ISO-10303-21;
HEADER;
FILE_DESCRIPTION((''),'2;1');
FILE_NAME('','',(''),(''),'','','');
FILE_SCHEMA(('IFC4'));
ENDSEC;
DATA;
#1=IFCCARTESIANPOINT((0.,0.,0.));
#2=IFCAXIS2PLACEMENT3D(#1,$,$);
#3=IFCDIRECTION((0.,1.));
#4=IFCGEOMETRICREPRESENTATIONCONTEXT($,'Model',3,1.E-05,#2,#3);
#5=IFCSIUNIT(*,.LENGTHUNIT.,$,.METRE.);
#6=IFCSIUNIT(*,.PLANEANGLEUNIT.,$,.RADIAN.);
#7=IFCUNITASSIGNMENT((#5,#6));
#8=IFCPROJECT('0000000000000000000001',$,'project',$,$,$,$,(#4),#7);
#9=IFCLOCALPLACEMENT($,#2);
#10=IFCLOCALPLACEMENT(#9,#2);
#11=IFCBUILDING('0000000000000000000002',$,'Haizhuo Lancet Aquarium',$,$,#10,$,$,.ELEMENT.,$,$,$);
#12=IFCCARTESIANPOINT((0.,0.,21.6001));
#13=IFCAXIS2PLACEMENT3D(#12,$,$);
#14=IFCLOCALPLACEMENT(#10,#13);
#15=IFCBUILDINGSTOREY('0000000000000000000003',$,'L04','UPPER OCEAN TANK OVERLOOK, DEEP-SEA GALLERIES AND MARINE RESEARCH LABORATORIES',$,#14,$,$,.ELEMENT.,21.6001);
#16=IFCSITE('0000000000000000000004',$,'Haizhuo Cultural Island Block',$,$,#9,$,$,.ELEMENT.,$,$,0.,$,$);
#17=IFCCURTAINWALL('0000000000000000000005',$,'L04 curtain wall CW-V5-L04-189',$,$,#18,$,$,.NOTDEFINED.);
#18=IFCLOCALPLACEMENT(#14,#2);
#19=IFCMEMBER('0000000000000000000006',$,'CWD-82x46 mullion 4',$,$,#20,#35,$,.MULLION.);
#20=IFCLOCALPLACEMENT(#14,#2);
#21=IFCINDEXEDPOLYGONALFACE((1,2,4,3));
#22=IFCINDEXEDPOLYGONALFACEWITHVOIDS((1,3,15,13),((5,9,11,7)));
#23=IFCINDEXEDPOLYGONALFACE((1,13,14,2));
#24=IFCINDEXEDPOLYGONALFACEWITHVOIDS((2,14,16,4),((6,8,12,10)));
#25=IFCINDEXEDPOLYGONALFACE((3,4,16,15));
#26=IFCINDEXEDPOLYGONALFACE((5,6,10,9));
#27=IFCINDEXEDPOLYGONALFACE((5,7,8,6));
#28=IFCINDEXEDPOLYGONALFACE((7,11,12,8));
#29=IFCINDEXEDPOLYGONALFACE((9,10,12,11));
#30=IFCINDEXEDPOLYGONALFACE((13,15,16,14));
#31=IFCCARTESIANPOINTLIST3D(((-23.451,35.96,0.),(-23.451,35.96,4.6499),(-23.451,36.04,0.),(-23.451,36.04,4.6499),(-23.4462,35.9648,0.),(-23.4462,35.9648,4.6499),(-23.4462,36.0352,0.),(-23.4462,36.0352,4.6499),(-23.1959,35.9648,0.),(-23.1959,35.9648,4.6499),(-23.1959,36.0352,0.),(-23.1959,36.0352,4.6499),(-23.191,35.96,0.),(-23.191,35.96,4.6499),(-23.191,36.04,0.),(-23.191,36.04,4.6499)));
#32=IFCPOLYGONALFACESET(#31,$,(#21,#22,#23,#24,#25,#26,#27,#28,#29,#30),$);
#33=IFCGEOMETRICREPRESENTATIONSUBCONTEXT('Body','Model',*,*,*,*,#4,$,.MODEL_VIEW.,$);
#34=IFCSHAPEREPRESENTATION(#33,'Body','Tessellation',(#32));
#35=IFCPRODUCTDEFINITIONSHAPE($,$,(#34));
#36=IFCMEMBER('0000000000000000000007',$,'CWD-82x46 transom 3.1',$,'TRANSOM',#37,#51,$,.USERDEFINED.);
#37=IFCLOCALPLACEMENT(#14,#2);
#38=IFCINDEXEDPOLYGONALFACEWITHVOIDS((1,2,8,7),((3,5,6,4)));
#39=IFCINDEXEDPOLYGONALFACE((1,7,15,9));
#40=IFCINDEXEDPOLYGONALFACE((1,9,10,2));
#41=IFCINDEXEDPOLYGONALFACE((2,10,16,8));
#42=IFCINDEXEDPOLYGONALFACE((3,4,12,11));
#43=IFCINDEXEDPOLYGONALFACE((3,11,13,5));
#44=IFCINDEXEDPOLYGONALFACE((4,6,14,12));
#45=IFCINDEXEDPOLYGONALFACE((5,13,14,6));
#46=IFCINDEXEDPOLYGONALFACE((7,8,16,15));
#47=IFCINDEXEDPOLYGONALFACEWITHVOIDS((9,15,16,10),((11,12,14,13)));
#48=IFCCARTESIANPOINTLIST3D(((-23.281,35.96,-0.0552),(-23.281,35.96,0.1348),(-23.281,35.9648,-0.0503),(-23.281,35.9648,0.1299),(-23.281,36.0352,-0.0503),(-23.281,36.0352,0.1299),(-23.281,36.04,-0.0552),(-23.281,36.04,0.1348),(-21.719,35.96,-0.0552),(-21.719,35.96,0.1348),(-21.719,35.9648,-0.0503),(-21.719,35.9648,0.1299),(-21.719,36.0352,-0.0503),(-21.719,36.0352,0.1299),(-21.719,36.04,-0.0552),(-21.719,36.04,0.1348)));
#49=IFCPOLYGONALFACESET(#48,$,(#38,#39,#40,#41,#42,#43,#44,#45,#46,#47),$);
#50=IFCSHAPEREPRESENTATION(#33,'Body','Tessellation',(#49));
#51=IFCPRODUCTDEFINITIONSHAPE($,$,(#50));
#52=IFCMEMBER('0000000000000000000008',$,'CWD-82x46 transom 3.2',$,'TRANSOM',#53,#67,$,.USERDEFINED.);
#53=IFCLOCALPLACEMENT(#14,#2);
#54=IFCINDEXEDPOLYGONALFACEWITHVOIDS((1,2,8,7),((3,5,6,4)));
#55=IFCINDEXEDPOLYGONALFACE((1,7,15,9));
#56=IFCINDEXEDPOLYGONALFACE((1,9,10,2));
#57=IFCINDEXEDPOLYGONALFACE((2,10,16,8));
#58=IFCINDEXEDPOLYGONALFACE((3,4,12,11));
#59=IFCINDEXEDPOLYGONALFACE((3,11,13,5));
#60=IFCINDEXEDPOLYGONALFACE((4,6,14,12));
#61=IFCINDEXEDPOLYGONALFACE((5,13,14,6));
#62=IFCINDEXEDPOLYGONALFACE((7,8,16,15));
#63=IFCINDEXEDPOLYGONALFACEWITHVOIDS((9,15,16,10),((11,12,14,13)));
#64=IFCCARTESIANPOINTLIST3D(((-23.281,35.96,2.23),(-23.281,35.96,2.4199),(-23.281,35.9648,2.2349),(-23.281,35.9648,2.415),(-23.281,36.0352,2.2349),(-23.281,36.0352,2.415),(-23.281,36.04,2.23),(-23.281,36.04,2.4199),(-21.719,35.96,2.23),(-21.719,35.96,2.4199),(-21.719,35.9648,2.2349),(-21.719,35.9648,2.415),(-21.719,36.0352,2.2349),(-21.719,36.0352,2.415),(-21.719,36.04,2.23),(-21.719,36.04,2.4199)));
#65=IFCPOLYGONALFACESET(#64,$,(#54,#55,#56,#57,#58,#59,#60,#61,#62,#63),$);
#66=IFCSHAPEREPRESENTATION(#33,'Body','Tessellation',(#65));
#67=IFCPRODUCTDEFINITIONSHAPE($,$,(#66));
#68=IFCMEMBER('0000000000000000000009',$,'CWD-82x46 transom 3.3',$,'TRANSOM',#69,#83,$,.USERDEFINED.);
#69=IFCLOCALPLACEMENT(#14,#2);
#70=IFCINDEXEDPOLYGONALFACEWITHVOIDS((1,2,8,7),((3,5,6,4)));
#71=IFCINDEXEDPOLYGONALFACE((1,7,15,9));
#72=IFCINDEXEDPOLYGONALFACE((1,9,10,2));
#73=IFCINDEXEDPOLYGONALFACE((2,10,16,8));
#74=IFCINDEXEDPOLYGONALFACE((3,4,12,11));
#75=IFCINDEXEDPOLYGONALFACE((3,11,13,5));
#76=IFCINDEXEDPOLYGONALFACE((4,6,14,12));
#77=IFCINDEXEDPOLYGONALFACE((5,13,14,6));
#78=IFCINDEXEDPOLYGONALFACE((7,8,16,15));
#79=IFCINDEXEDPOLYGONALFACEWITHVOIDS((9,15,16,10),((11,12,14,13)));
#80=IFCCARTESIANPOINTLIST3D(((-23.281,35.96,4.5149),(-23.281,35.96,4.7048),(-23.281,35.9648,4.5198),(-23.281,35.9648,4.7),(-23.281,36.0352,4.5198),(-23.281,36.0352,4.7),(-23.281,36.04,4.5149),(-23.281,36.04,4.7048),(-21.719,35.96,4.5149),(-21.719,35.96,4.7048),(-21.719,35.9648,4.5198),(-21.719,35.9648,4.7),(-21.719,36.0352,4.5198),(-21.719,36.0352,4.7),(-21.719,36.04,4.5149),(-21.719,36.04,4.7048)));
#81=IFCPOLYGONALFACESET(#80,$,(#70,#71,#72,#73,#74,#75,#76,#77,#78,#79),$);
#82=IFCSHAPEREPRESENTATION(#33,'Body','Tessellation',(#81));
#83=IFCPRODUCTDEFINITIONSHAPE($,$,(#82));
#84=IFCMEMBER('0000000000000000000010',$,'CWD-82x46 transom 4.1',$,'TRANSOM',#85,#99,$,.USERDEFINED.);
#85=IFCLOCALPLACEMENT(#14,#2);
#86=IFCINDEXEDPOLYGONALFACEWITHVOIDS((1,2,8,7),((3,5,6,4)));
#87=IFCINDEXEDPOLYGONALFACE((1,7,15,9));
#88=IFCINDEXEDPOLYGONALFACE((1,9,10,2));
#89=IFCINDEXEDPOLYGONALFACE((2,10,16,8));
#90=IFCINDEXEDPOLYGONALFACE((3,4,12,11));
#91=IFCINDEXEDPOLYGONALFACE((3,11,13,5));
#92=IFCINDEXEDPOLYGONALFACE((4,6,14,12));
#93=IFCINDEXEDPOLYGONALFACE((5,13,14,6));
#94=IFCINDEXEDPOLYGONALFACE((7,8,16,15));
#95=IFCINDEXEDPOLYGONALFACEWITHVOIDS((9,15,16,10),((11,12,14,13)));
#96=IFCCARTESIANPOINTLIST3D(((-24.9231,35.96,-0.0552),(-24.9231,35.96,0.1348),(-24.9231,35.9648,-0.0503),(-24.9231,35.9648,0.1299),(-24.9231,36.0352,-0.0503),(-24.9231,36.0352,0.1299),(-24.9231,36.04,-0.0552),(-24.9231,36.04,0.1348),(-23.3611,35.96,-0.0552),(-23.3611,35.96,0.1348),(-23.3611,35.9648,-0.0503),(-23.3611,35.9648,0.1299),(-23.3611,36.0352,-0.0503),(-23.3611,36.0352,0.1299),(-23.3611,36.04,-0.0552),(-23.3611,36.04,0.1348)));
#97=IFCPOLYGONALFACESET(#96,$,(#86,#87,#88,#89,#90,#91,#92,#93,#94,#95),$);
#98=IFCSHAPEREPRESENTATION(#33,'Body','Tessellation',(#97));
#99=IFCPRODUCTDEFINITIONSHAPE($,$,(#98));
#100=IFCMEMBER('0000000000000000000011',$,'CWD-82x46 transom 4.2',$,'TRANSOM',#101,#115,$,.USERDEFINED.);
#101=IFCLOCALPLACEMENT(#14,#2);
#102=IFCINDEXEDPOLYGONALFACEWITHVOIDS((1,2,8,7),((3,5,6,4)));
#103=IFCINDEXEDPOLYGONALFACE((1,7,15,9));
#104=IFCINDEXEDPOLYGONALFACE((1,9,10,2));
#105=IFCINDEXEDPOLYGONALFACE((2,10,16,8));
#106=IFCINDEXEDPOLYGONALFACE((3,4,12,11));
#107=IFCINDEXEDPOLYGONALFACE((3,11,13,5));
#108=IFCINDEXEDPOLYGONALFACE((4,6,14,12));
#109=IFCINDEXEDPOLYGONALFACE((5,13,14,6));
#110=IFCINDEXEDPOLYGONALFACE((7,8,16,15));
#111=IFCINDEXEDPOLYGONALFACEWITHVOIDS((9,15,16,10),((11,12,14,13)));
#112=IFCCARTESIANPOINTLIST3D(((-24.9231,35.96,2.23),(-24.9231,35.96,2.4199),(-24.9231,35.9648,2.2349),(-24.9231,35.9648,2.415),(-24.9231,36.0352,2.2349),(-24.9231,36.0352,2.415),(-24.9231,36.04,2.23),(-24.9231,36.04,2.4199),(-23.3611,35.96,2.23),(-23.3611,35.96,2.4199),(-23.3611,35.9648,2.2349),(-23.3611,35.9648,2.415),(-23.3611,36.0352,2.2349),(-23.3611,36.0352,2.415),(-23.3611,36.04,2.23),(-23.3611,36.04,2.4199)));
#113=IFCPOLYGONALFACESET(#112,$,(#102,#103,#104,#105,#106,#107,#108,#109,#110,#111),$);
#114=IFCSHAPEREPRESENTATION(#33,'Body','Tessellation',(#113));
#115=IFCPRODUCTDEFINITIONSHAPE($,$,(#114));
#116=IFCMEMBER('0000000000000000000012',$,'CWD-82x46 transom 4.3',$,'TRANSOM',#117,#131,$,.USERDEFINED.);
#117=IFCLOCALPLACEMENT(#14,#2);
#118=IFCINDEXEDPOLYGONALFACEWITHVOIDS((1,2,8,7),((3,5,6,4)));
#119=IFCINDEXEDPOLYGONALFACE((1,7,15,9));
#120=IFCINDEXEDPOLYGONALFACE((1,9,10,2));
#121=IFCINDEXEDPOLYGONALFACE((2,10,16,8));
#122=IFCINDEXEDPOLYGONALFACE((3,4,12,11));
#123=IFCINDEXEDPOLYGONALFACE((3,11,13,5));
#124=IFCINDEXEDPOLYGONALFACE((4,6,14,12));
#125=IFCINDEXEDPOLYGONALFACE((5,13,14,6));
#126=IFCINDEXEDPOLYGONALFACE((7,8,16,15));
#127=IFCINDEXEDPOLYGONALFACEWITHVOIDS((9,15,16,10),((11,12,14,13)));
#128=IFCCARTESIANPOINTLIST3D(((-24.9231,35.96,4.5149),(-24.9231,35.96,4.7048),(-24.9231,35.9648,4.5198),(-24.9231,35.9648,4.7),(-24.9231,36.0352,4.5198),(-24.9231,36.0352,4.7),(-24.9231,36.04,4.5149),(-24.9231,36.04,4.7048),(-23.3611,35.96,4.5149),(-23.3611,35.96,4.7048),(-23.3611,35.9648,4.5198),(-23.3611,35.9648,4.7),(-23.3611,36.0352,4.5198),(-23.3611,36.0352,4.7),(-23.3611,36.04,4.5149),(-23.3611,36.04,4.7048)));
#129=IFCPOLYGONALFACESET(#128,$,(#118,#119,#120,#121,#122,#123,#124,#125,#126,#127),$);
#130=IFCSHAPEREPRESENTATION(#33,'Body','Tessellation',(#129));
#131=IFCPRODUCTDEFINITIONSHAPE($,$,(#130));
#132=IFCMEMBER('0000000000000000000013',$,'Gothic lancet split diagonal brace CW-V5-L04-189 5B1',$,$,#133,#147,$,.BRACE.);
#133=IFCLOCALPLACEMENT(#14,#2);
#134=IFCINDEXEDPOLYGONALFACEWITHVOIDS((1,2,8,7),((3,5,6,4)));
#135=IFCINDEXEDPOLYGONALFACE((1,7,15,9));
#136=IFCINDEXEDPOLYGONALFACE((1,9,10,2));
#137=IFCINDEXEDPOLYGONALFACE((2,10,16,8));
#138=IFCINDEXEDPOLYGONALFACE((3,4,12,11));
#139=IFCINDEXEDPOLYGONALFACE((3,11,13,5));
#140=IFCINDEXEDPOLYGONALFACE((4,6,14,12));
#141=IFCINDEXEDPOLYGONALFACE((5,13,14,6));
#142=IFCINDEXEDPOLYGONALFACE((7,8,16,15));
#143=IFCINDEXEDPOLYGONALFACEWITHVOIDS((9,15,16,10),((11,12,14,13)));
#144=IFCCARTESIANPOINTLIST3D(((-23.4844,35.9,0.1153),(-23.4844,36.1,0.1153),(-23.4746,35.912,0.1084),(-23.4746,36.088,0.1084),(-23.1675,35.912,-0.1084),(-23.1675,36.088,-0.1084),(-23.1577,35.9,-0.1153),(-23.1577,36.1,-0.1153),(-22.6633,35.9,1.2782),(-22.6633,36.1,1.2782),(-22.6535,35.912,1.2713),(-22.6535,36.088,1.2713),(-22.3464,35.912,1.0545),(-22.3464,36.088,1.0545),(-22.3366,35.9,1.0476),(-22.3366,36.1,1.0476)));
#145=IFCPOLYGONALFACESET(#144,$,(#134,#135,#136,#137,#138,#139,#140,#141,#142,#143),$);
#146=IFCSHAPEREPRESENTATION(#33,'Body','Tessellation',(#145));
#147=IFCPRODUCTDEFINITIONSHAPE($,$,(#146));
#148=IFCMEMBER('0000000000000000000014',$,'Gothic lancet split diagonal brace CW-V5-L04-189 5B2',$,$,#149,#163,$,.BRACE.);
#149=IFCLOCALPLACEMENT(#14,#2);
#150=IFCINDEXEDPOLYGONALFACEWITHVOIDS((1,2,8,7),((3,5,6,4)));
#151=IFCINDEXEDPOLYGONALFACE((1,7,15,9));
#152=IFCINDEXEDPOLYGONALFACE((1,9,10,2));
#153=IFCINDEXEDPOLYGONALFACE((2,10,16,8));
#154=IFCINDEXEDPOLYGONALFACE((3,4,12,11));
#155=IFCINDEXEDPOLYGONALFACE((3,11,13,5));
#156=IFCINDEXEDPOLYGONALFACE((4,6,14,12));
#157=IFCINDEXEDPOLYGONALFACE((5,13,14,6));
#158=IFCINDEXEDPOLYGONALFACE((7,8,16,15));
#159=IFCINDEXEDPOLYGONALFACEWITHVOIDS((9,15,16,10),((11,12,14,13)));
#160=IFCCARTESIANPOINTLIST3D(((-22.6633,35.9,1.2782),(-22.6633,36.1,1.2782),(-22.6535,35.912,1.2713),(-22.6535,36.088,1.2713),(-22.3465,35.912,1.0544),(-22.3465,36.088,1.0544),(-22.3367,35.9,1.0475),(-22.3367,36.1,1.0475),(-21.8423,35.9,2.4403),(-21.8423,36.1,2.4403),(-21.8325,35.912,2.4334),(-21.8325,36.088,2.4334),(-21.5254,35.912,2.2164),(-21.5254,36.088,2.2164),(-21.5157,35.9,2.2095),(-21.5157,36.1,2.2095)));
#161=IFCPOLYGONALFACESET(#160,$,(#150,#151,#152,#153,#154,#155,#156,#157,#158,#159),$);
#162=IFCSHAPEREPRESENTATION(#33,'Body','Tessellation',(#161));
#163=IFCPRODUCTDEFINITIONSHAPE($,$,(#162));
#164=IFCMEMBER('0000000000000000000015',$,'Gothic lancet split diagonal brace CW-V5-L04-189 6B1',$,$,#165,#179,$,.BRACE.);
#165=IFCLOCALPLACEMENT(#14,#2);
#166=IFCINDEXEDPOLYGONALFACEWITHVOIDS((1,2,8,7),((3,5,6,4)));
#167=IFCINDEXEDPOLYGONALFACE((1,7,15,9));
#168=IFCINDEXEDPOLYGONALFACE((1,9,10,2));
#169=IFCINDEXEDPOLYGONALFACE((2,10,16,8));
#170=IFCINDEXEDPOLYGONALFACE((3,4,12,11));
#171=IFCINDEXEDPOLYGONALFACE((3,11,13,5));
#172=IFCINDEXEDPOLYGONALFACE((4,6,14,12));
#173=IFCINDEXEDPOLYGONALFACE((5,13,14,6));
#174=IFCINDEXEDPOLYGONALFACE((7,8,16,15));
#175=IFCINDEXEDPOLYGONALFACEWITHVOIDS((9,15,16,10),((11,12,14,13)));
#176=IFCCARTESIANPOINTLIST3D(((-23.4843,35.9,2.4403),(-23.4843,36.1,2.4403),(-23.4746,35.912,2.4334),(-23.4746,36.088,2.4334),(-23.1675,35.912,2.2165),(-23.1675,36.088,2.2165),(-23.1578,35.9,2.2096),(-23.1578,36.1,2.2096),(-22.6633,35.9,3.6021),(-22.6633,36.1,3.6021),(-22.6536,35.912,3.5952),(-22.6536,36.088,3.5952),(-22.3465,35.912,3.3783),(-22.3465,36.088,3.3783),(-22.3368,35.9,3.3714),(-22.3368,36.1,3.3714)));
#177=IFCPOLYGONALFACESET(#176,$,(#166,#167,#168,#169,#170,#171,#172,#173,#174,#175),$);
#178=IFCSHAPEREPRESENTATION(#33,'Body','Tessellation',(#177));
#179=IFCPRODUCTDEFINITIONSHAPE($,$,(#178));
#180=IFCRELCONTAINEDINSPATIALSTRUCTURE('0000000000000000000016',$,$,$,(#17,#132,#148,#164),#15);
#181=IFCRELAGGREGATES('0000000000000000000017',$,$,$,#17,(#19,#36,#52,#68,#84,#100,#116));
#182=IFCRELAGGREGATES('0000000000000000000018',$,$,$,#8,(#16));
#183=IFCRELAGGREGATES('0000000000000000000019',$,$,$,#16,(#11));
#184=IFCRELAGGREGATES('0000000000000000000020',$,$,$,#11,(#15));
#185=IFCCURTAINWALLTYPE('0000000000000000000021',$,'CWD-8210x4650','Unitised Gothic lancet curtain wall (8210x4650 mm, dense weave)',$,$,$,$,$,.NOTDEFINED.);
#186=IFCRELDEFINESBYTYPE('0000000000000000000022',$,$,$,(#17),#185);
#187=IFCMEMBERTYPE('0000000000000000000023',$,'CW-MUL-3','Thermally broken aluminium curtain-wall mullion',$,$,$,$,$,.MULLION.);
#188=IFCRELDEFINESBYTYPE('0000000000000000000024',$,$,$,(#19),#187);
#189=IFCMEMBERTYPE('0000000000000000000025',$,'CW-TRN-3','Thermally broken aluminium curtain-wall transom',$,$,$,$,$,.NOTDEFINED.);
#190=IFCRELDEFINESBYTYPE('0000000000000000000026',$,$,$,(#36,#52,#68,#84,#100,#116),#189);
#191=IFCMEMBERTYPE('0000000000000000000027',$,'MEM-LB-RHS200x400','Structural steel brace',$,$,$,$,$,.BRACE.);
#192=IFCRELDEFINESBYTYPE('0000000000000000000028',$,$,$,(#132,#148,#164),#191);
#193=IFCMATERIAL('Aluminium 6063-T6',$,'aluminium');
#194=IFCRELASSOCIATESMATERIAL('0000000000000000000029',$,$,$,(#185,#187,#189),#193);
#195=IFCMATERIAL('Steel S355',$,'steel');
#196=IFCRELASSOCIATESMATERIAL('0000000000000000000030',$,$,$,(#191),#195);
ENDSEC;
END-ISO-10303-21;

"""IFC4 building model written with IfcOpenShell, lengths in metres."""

from ifc_helpers import new_model, si_unit, direction, frame, origin, origin_2d, place, context, subcontext, project, spatial, hollow_rectangle, extrude, material, material_profile, profile_set, type_object, element, aggregate, save


model = new_model("IFC4")

# Units and contexts
model_context = context("Model", 3, precision=1e-05, world=origin(), true_north=direction((0.0, 1.0)))
body_context = subcontext(model_context, "Body", "Model", "MODEL_VIEW")
ifc_project = project(units=[si_unit("LENGTHUNIT", "METRE"), si_unit("PLANEANGLEUNIT", "RADIAN")], contexts=[model_context])

# Site, building, storey
site_placement = place(None, origin())
site = spatial("IfcSite", under=ifc_project, at=site_placement, Name="Haizhuo Cultural Island Block", CompositionType="ELEMENT", RefElevation=0.0)
building_placement = place(site_placement, origin())
building = spatial("IfcBuilding", under=site, at=building_placement, Name="Haizhuo Lancet Aquarium", CompositionType="ELEMENT")
storey_placement = place(building_placement, frame((0.0, 0.0, 21.6001)))
storey = spatial("IfcBuildingStorey", under=building, at=storey_placement, Name="L04", Description="UPPER OCEAN TANK OVERLOOK, DEEP-SEA GALLERIES AND MARINE RESEARCH LABORATORIES", CompositionType="ELEMENT", Elevation=21.6001)

# Curtain wall, members
ifc_material_1 = material(Name="Aluminium 6063-T6", Category="aluminium")
curtain_wall_type = type_object("IfcCurtainWallType", Name="CWD-8210x4650", Description="Unitised Gothic lancet curtain wall (8210x4650 mm, dense weave)", PredefinedType="NOTDEFINED", material=ifc_material_1)
curtain_wall_placement = place(storey_placement, origin())
curtain_wall = element("IfcCurtainWall", 1, at=curtain_wall_placement, inside=storey, type_object=curtain_wall_type, Name="L04 curtain wall CW-V5-L04-189", PredefinedType="NOTDEFINED")
ifc_material_profile_1 = material_profile(ifc_material_1, hollow_rectangle(XDim=0.0801, YDim=0.26, WallThickness=0.0049, at=origin_2d()), Name="ALU-M 80x260x5")
ifc_profile_set_1 = profile_set([ifc_material_profile_1], Name="Aluminium 6063-T6")
member_type_1 = type_object("IfcMemberType", Name="CW-MUL-3", Description="Thermally broken aluminium curtain-wall mullion", PredefinedType="MULLION", material=ifc_profile_set_1)
member_1_placement = place(storey_placement, frame((-23.321, 36.0, 0.0), z_axis=(0.0, 0.0, 1.0), x_axis=(0.0, -1.0, 0.0)))
member_1 = element("IfcMember", 2, at=member_1_placement, type_object=member_type_1, Name="CWD-82x46 mullion 4", PredefinedType="MULLION", context=body_context, shape_type="SweptSolid", body=[
    extrude(hollow_rectangle(XDim=0.0801, YDim=0.26, WallThickness=0.0049, at=origin_2d()), origin(), (0.0, 0.0, 1.0), 4.6499),
])
ifc_material_profile_2 = material_profile(ifc_material_1, hollow_rectangle(XDim=0.0801, YDim=0.1899, WallThickness=0.0049, at=origin_2d()), Name="ALU-T 80x190x5")
ifc_profile_set_2 = profile_set([ifc_material_profile_2], Name="Aluminium 6063-T6")
member_type_2 = type_object("IfcMemberType", Name="CW-TRN-3", Description="Thermally broken aluminium curtain-wall transom", PredefinedType="NOTDEFINED", material=ifc_profile_set_2)
member_2_placement = place(storey_placement, frame((-21.719, 36.0, 0.0398), z_axis=(-1.0, 0.0, 0.0), x_axis=(0.0, -1.0, 0.0)))
member_2 = element("IfcMember", 3, at=member_2_placement, type_object=member_type_2, Name="CWD-82x46 transom 3.1", ObjectType="TRANSOM", PredefinedType="USERDEFINED", context=body_context, shape_type="SweptSolid", body=[
    extrude(hollow_rectangle(XDim=0.0801, YDim=0.1899, WallThickness=0.0049, at=origin_2d()), origin(), (0.0, 0.0, 1.0), 1.562),
])
member_3_placement = place(storey_placement, frame((-21.719, 36.0, 2.325), z_axis=(-1.0, 0.0, 0.0), x_axis=(0.0, -1.0, 0.0)))
member_3 = element("IfcMember", 4, at=member_3_placement, type_object=member_type_2, Name="CWD-82x46 transom 3.2", ObjectType="TRANSOM", PredefinedType="USERDEFINED", context=body_context, shape_type="SweptSolid", body=[
    extrude(hollow_rectangle(XDim=0.0801, YDim=0.1899, WallThickness=0.0049, at=origin_2d()), origin(), (0.0, 0.0, 1.0), 1.562),
])
member_4_placement = place(storey_placement, frame((-21.719, 36.0, 4.6099), z_axis=(-1.0, 0.0, 0.0), x_axis=(0.0, -1.0, 0.0)))
member_4 = element("IfcMember", 5, at=member_4_placement, type_object=member_type_2, Name="CWD-82x46 transom 3.3", ObjectType="TRANSOM", PredefinedType="USERDEFINED", context=body_context, shape_type="SweptSolid", body=[
    extrude(hollow_rectangle(XDim=0.0801, YDim=0.1899, WallThickness=0.0049, at=origin_2d()), origin(), (0.0, 0.0, 1.0), 1.562),
])
member_5_placement = place(storey_placement, frame((-23.3611, 36.0, 0.0398), z_axis=(-1.0, 0.0, 0.0), x_axis=(0.0, -1.0, 0.0)))
member_5 = element("IfcMember", 6, at=member_5_placement, type_object=member_type_2, Name="CWD-82x46 transom 4.1", ObjectType="TRANSOM", PredefinedType="USERDEFINED", context=body_context, shape_type="SweptSolid", body=[
    extrude(hollow_rectangle(XDim=0.0801, YDim=0.1899, WallThickness=0.0049, at=origin_2d()), origin(), (0.0, 0.0, 1.0), 1.562),
])
member_6_placement = place(storey_placement, frame((-23.3611, 36.0, 2.325), z_axis=(-1.0, 0.0, 0.0), x_axis=(0.0, -1.0, 0.0)))
member_6 = element("IfcMember", 7, at=member_6_placement, type_object=member_type_2, Name="CWD-82x46 transom 4.2", ObjectType="TRANSOM", PredefinedType="USERDEFINED", context=body_context, shape_type="SweptSolid", body=[
    extrude(hollow_rectangle(XDim=0.0801, YDim=0.1899, WallThickness=0.0049, at=origin_2d()), origin(), (0.0, 0.0, 1.0), 1.562),
])
member_7_placement = place(storey_placement, frame((-23.3611, 36.0, 4.6099), z_axis=(-1.0, 0.0, 0.0), x_axis=(0.0, -1.0, 0.0)))
member_7 = element("IfcMember", 8, at=member_7_placement, type_object=member_type_2, Name="CWD-82x46 transom 4.3", ObjectType="TRANSOM", PredefinedType="USERDEFINED", context=body_context, shape_type="SweptSolid", body=[
    extrude(hollow_rectangle(XDim=0.0801, YDim=0.1899, WallThickness=0.0049, at=origin_2d()), origin(), (0.0, 0.0, 1.0), 1.562),
])

# Members
ifc_material_2 = material(Name="Steel S355", Category="steel")
ifc_material_profile_3 = material_profile(ifc_material_2, hollow_rectangle(XDim=0.2, YDim=0.3999, WallThickness=0.012, at=origin_2d()), Name="RHS 200x400x12")
ifc_profile_set_3 = profile_set([ifc_material_profile_3], Name="Steel S355")
member_type_3 = type_object("IfcMemberType", Name="MEM-LB-RHS200x400", Description="Structural steel brace", PredefinedType="BRACE", material=ifc_profile_set_3)
member_8_placement = place(storey_placement, frame((-23.321, 36.0, 0.0), z_axis=(0.576784, 0.0, 0.816897), x_axis=(0.0, 1.0, 0.0)))
element("IfcMember", 9, at=member_8_placement, inside=storey, type_object=member_type_3, Name="Gothic lancet split diagonal brace CW-V5-L04-189 5B1", PredefinedType="BRACE", context=body_context, shape_type="SweptSolid", body=[
    extrude(hollow_rectangle(XDim=0.2, YDim=0.3999, WallThickness=0.012, at=origin_2d()), origin(), (0.0, 0.0, 1.0), 1.4236),
])
member_9_placement = place(storey_placement, frame((-22.5, 36.0, 1.1628), z_axis=(0.577027, 0.0, 0.816725), x_axis=(0.0, 1.0, 0.0)))
element("IfcMember", 10, at=member_9_placement, inside=storey, type_object=member_type_3, Name="Gothic lancet split diagonal brace CW-V5-L04-189 5B2", PredefinedType="BRACE", context=body_context, shape_type="SweptSolid", body=[
    extrude(hollow_rectangle(XDim=0.2, YDim=0.3999, WallThickness=0.012, at=origin_2d()), origin(), (0.0, 0.0, 1.0), 1.4229),
])
member_10_placement = place(storey_placement, frame((-23.321, 36.0, 2.325), z_axis=(0.577108, 0.0, 0.816668), x_axis=(0.0, 1.0, 0.0)))
element("IfcMember", 11, at=member_10_placement, inside=storey, type_object=member_type_3, Name="Gothic lancet split diagonal brace CW-V5-L04-189 6B1", PredefinedType="BRACE", context=body_context, shape_type="SweptSolid", body=[
    extrude(hollow_rectangle(XDim=0.2, YDim=0.3999, WallThickness=0.012, at=origin_2d()), origin(), (0.0, 0.0, 1.0), 1.4226),
])

aggregate(curtain_wall, [member_1, member_2, member_3, member_4, member_5, member_6, member_7])

save(model, "model.ifc")
